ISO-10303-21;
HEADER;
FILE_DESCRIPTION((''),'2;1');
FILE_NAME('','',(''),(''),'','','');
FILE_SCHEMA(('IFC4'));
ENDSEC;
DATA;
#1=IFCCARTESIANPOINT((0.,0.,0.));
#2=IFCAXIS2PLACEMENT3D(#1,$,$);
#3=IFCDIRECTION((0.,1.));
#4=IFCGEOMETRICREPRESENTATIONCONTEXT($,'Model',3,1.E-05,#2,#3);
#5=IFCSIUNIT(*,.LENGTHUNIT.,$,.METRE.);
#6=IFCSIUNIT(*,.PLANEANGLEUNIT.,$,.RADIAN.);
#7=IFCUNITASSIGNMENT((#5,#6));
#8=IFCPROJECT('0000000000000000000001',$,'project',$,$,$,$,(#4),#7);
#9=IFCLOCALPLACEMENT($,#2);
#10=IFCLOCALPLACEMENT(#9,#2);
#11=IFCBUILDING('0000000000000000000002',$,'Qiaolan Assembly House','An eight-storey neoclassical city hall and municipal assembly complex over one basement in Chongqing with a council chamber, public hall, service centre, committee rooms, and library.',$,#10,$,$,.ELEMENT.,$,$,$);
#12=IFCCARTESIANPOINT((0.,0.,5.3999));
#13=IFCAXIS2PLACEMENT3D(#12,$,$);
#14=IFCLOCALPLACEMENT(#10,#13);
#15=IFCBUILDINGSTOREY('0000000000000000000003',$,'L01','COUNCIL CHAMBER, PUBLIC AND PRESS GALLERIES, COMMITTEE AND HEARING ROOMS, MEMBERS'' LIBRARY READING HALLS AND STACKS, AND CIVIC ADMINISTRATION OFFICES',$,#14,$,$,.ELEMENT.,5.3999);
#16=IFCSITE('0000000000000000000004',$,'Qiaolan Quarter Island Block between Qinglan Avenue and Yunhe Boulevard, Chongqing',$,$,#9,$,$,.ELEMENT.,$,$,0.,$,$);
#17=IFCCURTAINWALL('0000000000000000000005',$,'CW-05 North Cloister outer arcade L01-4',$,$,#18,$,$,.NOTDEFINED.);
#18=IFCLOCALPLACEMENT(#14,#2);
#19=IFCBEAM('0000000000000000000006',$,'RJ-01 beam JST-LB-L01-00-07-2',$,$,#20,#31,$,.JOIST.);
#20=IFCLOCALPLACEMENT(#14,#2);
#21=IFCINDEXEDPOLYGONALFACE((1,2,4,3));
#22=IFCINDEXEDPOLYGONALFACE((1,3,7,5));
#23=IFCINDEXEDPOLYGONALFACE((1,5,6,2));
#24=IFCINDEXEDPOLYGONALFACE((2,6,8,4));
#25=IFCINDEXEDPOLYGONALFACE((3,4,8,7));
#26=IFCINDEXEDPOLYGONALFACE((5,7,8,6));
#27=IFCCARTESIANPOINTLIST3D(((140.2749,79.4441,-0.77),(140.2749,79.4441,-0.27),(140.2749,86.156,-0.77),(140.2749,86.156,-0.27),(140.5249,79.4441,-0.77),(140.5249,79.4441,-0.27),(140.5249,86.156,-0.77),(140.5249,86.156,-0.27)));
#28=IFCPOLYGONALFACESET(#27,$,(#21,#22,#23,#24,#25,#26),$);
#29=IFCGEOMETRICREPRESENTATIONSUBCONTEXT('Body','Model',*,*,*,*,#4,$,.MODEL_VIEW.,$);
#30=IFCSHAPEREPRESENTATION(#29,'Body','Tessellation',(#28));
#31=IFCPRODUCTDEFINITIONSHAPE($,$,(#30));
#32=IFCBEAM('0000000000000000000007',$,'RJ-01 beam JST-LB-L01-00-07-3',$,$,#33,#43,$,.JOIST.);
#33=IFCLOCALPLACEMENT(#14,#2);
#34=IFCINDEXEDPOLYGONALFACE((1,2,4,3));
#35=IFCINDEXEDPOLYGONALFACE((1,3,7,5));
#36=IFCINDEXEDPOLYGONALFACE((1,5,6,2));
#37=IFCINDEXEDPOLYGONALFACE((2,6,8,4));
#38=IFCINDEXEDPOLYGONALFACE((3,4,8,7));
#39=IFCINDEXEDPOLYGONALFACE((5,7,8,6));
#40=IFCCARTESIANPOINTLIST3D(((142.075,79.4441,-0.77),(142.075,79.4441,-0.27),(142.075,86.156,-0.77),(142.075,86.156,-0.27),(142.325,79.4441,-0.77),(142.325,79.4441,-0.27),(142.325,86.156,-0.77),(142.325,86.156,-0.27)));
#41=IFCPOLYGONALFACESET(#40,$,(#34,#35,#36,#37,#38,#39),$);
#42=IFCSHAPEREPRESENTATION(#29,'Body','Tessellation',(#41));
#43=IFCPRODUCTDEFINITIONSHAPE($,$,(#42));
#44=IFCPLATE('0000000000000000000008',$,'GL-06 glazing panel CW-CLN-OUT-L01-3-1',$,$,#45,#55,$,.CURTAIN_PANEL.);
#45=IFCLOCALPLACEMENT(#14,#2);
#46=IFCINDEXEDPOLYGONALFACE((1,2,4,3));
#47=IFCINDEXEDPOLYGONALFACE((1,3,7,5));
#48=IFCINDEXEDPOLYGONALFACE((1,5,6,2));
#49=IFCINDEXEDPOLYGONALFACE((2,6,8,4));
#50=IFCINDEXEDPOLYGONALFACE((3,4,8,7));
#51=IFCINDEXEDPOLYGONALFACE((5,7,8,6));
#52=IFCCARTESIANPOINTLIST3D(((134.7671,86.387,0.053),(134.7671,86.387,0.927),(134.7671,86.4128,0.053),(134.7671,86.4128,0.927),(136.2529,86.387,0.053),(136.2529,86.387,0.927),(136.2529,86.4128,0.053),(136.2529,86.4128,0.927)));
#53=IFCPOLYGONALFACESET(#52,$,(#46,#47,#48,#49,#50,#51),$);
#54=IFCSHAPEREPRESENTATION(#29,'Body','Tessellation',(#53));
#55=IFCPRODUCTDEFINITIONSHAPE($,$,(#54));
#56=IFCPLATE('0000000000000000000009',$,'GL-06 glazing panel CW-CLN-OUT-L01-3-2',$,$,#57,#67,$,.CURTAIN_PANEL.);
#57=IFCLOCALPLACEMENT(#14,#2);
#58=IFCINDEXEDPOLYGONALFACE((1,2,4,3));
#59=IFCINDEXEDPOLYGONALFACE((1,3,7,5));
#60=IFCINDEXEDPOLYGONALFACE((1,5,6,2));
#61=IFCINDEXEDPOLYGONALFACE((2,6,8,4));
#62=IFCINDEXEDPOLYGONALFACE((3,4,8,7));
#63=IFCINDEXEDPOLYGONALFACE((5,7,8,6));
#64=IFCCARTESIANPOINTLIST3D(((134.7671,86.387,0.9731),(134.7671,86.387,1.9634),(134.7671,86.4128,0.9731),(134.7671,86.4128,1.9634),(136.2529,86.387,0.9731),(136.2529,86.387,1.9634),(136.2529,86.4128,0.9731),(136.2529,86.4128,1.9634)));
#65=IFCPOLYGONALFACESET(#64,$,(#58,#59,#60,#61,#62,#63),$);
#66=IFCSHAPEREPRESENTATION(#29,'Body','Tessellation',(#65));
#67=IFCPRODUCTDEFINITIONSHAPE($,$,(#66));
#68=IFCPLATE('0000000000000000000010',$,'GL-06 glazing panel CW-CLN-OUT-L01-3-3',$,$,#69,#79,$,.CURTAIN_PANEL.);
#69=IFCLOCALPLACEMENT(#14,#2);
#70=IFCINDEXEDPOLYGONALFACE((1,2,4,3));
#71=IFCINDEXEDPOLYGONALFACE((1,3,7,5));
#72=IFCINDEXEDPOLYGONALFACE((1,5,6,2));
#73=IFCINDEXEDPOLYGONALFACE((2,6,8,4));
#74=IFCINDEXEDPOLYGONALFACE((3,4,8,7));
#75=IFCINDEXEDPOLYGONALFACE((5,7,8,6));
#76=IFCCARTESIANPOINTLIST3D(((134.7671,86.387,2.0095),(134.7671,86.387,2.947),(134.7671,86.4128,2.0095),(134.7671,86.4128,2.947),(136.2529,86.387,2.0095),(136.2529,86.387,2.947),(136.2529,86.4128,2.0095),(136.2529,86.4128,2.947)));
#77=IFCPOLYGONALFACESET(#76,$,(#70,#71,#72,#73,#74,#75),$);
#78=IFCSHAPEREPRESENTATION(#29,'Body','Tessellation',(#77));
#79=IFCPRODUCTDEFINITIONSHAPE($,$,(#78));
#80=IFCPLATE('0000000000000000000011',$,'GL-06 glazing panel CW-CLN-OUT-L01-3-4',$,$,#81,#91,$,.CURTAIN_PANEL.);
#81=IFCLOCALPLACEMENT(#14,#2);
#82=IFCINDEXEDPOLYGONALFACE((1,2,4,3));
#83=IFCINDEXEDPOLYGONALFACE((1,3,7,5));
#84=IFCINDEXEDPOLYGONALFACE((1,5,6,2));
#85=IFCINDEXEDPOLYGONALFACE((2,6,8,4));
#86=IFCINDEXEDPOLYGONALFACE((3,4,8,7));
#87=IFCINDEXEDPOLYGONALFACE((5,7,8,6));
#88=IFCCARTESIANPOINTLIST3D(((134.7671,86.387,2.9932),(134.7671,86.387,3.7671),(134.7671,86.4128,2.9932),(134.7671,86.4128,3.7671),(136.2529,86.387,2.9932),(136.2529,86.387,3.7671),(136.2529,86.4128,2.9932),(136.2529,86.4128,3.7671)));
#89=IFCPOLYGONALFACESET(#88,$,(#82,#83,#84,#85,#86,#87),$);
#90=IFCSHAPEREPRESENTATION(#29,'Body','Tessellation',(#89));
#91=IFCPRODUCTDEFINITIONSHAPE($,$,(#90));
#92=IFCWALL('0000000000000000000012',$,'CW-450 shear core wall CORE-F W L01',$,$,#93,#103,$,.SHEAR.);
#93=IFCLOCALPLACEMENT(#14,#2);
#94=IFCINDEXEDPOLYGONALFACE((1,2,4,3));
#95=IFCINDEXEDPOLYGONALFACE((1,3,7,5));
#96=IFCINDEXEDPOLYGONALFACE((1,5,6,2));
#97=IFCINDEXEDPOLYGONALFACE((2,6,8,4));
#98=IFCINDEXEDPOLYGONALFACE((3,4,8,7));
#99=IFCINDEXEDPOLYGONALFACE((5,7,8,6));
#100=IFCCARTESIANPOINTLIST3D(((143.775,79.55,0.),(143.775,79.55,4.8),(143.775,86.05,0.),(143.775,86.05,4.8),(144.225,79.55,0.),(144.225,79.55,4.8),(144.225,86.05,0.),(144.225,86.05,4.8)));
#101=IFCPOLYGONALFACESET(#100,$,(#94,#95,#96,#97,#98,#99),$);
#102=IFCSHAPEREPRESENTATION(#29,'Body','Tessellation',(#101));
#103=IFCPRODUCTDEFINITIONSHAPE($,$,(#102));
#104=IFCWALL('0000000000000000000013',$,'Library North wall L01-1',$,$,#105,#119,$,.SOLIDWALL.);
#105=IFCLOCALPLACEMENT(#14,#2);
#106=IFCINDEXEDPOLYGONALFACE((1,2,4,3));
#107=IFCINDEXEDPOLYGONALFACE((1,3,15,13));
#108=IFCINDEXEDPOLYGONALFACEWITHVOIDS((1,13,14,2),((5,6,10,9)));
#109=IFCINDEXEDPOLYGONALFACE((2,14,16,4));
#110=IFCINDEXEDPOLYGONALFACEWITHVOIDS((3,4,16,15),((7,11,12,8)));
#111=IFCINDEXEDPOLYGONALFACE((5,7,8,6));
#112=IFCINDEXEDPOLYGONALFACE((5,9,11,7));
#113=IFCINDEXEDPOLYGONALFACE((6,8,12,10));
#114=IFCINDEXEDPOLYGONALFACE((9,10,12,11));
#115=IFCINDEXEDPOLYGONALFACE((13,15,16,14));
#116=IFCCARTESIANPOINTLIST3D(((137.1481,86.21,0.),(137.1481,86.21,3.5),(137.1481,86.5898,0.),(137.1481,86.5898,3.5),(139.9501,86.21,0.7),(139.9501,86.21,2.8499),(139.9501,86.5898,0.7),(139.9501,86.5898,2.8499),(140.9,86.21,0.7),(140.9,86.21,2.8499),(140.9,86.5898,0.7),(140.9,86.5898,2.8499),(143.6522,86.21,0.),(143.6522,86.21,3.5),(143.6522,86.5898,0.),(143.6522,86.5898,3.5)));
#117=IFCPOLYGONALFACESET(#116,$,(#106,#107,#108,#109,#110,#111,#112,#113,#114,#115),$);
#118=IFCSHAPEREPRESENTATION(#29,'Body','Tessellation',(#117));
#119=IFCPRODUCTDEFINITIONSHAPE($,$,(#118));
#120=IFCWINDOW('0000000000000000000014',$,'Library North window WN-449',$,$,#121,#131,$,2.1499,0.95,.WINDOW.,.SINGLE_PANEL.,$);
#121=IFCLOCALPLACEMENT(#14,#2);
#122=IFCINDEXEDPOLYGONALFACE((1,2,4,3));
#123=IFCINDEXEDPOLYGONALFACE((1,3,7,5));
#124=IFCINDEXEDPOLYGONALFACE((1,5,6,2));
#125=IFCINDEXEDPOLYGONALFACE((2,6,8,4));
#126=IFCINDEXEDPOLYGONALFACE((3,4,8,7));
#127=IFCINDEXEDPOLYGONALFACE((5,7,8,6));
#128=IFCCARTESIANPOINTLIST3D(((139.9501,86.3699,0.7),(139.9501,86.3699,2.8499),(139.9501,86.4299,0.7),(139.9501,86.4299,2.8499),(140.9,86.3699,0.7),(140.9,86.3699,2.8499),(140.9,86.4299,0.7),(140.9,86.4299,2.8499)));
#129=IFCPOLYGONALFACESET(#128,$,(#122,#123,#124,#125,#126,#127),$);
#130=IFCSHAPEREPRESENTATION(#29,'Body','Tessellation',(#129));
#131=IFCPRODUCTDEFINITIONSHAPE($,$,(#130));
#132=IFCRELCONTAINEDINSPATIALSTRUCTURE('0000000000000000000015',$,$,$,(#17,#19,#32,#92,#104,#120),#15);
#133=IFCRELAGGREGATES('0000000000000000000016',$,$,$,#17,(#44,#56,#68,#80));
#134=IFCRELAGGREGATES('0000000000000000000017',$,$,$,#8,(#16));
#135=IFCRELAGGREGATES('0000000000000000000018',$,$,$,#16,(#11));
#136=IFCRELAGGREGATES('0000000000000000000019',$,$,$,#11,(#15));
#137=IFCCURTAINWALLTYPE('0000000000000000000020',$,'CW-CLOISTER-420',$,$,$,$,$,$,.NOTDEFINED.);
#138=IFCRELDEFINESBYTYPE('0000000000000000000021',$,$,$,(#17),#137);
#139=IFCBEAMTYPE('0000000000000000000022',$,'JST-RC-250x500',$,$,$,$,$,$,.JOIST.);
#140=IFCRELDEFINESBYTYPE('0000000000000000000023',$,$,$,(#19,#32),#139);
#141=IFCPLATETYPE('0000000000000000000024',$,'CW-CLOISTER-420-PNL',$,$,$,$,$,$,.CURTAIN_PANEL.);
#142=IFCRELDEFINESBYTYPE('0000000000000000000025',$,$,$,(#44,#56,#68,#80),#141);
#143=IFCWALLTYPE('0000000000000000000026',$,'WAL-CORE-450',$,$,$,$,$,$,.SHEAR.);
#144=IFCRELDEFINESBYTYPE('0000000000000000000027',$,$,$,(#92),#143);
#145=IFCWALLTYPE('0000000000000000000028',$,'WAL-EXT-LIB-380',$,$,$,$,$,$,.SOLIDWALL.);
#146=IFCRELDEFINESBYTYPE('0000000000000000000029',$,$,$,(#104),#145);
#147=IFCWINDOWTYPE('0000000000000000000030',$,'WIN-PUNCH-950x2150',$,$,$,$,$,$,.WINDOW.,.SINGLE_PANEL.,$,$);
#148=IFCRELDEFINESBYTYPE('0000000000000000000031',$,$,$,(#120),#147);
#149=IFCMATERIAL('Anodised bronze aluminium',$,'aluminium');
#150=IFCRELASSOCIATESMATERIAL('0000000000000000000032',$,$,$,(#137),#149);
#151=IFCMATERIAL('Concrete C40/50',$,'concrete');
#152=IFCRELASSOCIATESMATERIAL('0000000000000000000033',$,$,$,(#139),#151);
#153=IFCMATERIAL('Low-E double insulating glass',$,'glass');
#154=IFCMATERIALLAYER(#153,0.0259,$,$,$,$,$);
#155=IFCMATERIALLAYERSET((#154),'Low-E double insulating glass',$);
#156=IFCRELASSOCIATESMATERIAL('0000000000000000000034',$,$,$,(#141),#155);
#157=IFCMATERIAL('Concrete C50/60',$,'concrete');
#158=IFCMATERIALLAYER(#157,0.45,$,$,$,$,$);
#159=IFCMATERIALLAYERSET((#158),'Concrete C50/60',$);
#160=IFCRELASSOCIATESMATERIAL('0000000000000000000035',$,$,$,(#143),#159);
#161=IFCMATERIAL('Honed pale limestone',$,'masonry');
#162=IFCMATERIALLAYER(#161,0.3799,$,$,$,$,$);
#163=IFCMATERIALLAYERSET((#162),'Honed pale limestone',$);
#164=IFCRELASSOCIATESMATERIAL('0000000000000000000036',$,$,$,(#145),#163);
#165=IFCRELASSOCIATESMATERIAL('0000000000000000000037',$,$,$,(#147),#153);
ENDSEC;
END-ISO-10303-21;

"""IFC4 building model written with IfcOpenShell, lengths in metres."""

from ifc_helpers import new_model, si_unit, direction, frame, frame_2d, origin, origin_2d, place, context, subcontext, project, spatial, rectangle, extrude, material, layer, layer_set, material_profile, profile_set, type_object, element, fill, aggregate, save


model = new_model("IFC4")

# Units and contexts
model_context = context("Model", 3, precision=1e-05, world=origin(), true_north=direction((0.0, 1.0)))
body_context = subcontext(model_context, "Body", "Model", "MODEL_VIEW")
ifc_project = project(units=[si_unit("LENGTHUNIT", "METRE"), si_unit("PLANEANGLEUNIT", "RADIAN")], contexts=[model_context])

# Site, building, storey
site_placement = place(None, origin())
site = spatial("IfcSite", under=ifc_project, at=site_placement, Name="Qiaolan Quarter Island Block between Qinglan Avenue and Yunhe Boulevard, Chongqing", CompositionType="ELEMENT", RefElevation=0.0)
building_placement = place(site_placement, origin())
building = spatial("IfcBuilding", under=site, at=building_placement, Name="Qiaolan Assembly House", Description="An eight-storey neoclassical city hall and municipal assembly complex over one basement in Chongqing with a council chamber, public hall, service centre, committee rooms, and library.", CompositionType="ELEMENT")
storey_placement = place(building_placement, frame((0.0, 0.0, 5.3999)))
storey = spatial("IfcBuildingStorey", under=building, at=storey_placement, Name="L01", Description="COUNCIL CHAMBER, PUBLIC AND PRESS GALLERIES, COMMITTEE AND HEARING ROOMS, MEMBERS' LIBRARY READING HALLS AND STACKS, AND CIVIC ADMINISTRATION OFFICES", CompositionType="ELEMENT", Elevation=5.3999)

# Shared definitions
ifc_material_1 = material(Name="Concrete C40/50", Category="concrete")

# Shared definitions
ifc_material_2 = material(Name="Anodised bronze aluminium", Category="aluminium")
curtain_wall_type = type_object("IfcCurtainWallType", Name="CW-CLOISTER-420", PredefinedType="NOTDEFINED", material=ifc_material_2)

# Curtain wall
curtain_wall_1_placement = place(storey_placement, origin())
curtain_wall_1 = element("IfcCurtainWall", 1, at=curtain_wall_1_placement, inside=storey, type_object=curtain_wall_type, Name="CW-05 North Cloister outer arcade L01-4", PredefinedType="NOTDEFINED")

# Beams
ifc_material_profile_1 = material_profile(ifc_material_1, rectangle(XDim=0.25, YDim=0.5, at=origin_2d()), Name="RCB 250x500")
ifc_profile_set_1 = profile_set([ifc_material_profile_1], Name="Concrete C40/50")
beam_type_1 = type_object("IfcBeamType", Name="JST-RC-250x500", PredefinedType="JOIST", material=ifc_profile_set_1)
for number, where, z_axis, x_axis, name in (
    (2, (140.3999, 79.4441, -0.52), (0.0, 1.0, 0.0), (-1.0, 0.0, 0.0), "RJ-01 beam JST-LB-L01-00-07-2"),
    (3, (142.2, 79.4441, -0.52), (0.0, 1.0, 0.0), (-1.0, 0.0, 0.0), "RJ-01 beam JST-LB-L01-00-07-3"),
):
    element("IfcBeam", number, at=place(storey_placement, frame(where, z_axis=z_axis, x_axis=x_axis)), inside=storey, type_object=beam_type_1, Name=name, PredefinedType="JOIST", context=body_context, shape_type="SweptSolid", body=[
        extrude(rectangle(XDim=0.25, YDim=0.5, at=origin_2d()), origin(), (0.0, 0.0, 1.0), 6.7119),
    ])

# Plates
ifc_material_3 = material(Name="Low-E double insulating glass", Category="glass")
ifc_layer_1 = layer(ifc_material_3, 0.0259)
ifc_layer_set_1 = layer_set([ifc_layer_1], Name="Low-E double insulating glass")
plate_type = type_object("IfcPlateType", Name="CW-CLOISTER-420-PNL", PredefinedType="CURTAIN_PANEL", material=ifc_layer_set_1)
plate_1_placement = place(storey_placement, frame((136.2529, 86.3999, 0.053), z_axis=(0.0, 0.0, 1.0), x_axis=(-1.0, 0.0, 0.0)))
plate_1 = element("IfcPlate", 4, at=plate_1_placement, type_object=plate_type, Name="GL-06 glazing panel CW-CLN-OUT-L01-3-1", PredefinedType="CURTAIN_PANEL", context=body_context, shape_type="SweptSolid", body=[
    extrude(rectangle(XDim=1.4858, YDim=0.0259, at=frame_2d((0.7429, 0.0))), origin(), (0.0, 0.0, 1.0), 0.874),
])
plate_2_placement = place(storey_placement, frame((136.2529, 86.3999, 0.9731), z_axis=(0.0, 0.0, 1.0), x_axis=(-1.0, 0.0, 0.0)))
plate_2 = element("IfcPlate", 5, at=plate_2_placement, type_object=plate_type, Name="GL-06 glazing panel CW-CLN-OUT-L01-3-2", PredefinedType="CURTAIN_PANEL", context=body_context, shape_type="SweptSolid", body=[
    extrude(rectangle(XDim=1.4858, YDim=0.0259, at=frame_2d((0.7429, 0.0))), origin(), (0.0, 0.0, 1.0), 0.9902),
])
plate_3_placement = place(storey_placement, frame((136.2529, 86.3999, 2.0095), z_axis=(0.0, 0.0, 1.0), x_axis=(-1.0, 0.0, 0.0)))
plate_3 = element("IfcPlate", 6, at=plate_3_placement, type_object=plate_type, Name="GL-06 glazing panel CW-CLN-OUT-L01-3-3", PredefinedType="CURTAIN_PANEL", context=body_context, shape_type="SweptSolid", body=[
    extrude(rectangle(XDim=1.4858, YDim=0.0259, at=frame_2d((0.7429, 0.0))), origin(), (0.0, 0.0, 1.0), 0.9375),
])
plate_4_placement = place(storey_placement, frame((136.2529, 86.3999, 2.9932), z_axis=(0.0, 0.0, 1.0), x_axis=(-1.0, 0.0, 0.0)))
plate_4 = element("IfcPlate", 7, at=plate_4_placement, type_object=plate_type, Name="GL-06 glazing panel CW-CLN-OUT-L01-3-4", PredefinedType="CURTAIN_PANEL", context=body_context, shape_type="SweptSolid", body=[
    extrude(rectangle(XDim=1.4858, YDim=0.0259, at=frame_2d((0.7429, 0.0))), origin(), (0.0, 0.0, 1.0), 0.7739),
])
aggregate(curtain_wall_1, [plate_1, plate_2, plate_3, plate_4])

# Wall
ifc_material_4 = material(Name="Concrete C50/60", Category="concrete")
ifc_layer_2 = layer(ifc_material_4, 0.45)
ifc_layer_set_2 = layer_set([ifc_layer_2], Name="Concrete C50/60")
wall_type_1 = type_object("IfcWallType", Name="WAL-CORE-450", PredefinedType="SHEAR", material=ifc_layer_set_2)
wall_1_placement = place(storey_placement, frame((144.0, 86.05, 0.0), z_axis=(0.0, 0.0, 1.0), x_axis=(0.0, -1.0, 0.0)))
element("IfcWall", 8, at=wall_1_placement, inside=storey, type_object=wall_type_1, Name="CW-450 shear core wall CORE-F W L01", PredefinedType="SHEAR", context=body_context, shape_type="SweptSolid", body=[
    extrude(rectangle(XDim=6.5, YDim=0.45, at=frame_2d((3.25, 0.0))), origin(), (0.0, 0.0, 1.0), 4.8),
])

# Wall, opening, window
ifc_material_5 = material(Name="Honed pale limestone", Category="masonry")
ifc_layer_3 = layer(ifc_material_5, 0.3799)
ifc_layer_set_3 = layer_set([ifc_layer_3], Name="Honed pale limestone")
wall_type_2 = type_object("IfcWallType", Name="WAL-EXT-LIB-380", PredefinedType="SOLIDWALL", material=ifc_layer_set_3)
wall_2_placement = place(storey_placement, frame((143.6521, 86.3999, 0.0), z_axis=(0.0, 0.0, 1.0), x_axis=(-1.0, 0.0, 0.0)))
wall_2 = element("IfcWall", 9, at=wall_2_placement, inside=storey, type_object=wall_type_2, Name="Library North wall L01-1", PredefinedType="SOLIDWALL", context=body_context, shape_type="SweptSolid", body=[
    extrude(rectangle(XDim=6.5042, YDim=0.3799, at=frame_2d((3.252, 0.0))), origin(), (0.0, 0.0, 1.0), 3.5),
])
opening_placement = place(wall_2_placement, frame((2.752, 0.0, 0.7)))
opening = element("IfcOpeningElement", 10, at=opening_placement, cuts=wall_2, PredefinedType="OPENING", context=body_context, shape_type="SweptSolid", body=[
    extrude(rectangle(XDim=0.95, YDim=2.1499, at=frame_2d((0.4751, 1.075))), frame((0.0, 0.2, 0.0), z_axis=(0.0, -1.0, 0.0), x_axis=(1.0, 0.0, 0.0)), (0.0, 0.0, 1.0), 0.3999),
])
window_type = type_object("IfcWindowType", Name="WIN-PUNCH-950x2150", PartitioningType="SINGLE_PANEL", PredefinedType="WINDOW", material=ifc_material_3)
window_placement = place(opening_placement, origin())
window = element("IfcWindow", 11, at=window_placement, inside=storey, type_object=window_type, Name="Library North window WN-449", OverallHeight=2.1499, OverallWidth=0.95, PartitioningType="SINGLE_PANEL", PredefinedType="WINDOW", context=body_context, shape_type="SweptSolid", body=[
    extrude(rectangle(XDim=0.95, YDim=2.1499, at=frame_2d((0.4751, 1.075))), frame((0.0, 0.03, 0.0), z_axis=(0.0, -1.0, 0.0), x_axis=(1.0, 0.0, 0.0)), (0.0, 0.0, 1.0), 0.0601),
])
fill(opening, window)

save(model, "model.ifc")
